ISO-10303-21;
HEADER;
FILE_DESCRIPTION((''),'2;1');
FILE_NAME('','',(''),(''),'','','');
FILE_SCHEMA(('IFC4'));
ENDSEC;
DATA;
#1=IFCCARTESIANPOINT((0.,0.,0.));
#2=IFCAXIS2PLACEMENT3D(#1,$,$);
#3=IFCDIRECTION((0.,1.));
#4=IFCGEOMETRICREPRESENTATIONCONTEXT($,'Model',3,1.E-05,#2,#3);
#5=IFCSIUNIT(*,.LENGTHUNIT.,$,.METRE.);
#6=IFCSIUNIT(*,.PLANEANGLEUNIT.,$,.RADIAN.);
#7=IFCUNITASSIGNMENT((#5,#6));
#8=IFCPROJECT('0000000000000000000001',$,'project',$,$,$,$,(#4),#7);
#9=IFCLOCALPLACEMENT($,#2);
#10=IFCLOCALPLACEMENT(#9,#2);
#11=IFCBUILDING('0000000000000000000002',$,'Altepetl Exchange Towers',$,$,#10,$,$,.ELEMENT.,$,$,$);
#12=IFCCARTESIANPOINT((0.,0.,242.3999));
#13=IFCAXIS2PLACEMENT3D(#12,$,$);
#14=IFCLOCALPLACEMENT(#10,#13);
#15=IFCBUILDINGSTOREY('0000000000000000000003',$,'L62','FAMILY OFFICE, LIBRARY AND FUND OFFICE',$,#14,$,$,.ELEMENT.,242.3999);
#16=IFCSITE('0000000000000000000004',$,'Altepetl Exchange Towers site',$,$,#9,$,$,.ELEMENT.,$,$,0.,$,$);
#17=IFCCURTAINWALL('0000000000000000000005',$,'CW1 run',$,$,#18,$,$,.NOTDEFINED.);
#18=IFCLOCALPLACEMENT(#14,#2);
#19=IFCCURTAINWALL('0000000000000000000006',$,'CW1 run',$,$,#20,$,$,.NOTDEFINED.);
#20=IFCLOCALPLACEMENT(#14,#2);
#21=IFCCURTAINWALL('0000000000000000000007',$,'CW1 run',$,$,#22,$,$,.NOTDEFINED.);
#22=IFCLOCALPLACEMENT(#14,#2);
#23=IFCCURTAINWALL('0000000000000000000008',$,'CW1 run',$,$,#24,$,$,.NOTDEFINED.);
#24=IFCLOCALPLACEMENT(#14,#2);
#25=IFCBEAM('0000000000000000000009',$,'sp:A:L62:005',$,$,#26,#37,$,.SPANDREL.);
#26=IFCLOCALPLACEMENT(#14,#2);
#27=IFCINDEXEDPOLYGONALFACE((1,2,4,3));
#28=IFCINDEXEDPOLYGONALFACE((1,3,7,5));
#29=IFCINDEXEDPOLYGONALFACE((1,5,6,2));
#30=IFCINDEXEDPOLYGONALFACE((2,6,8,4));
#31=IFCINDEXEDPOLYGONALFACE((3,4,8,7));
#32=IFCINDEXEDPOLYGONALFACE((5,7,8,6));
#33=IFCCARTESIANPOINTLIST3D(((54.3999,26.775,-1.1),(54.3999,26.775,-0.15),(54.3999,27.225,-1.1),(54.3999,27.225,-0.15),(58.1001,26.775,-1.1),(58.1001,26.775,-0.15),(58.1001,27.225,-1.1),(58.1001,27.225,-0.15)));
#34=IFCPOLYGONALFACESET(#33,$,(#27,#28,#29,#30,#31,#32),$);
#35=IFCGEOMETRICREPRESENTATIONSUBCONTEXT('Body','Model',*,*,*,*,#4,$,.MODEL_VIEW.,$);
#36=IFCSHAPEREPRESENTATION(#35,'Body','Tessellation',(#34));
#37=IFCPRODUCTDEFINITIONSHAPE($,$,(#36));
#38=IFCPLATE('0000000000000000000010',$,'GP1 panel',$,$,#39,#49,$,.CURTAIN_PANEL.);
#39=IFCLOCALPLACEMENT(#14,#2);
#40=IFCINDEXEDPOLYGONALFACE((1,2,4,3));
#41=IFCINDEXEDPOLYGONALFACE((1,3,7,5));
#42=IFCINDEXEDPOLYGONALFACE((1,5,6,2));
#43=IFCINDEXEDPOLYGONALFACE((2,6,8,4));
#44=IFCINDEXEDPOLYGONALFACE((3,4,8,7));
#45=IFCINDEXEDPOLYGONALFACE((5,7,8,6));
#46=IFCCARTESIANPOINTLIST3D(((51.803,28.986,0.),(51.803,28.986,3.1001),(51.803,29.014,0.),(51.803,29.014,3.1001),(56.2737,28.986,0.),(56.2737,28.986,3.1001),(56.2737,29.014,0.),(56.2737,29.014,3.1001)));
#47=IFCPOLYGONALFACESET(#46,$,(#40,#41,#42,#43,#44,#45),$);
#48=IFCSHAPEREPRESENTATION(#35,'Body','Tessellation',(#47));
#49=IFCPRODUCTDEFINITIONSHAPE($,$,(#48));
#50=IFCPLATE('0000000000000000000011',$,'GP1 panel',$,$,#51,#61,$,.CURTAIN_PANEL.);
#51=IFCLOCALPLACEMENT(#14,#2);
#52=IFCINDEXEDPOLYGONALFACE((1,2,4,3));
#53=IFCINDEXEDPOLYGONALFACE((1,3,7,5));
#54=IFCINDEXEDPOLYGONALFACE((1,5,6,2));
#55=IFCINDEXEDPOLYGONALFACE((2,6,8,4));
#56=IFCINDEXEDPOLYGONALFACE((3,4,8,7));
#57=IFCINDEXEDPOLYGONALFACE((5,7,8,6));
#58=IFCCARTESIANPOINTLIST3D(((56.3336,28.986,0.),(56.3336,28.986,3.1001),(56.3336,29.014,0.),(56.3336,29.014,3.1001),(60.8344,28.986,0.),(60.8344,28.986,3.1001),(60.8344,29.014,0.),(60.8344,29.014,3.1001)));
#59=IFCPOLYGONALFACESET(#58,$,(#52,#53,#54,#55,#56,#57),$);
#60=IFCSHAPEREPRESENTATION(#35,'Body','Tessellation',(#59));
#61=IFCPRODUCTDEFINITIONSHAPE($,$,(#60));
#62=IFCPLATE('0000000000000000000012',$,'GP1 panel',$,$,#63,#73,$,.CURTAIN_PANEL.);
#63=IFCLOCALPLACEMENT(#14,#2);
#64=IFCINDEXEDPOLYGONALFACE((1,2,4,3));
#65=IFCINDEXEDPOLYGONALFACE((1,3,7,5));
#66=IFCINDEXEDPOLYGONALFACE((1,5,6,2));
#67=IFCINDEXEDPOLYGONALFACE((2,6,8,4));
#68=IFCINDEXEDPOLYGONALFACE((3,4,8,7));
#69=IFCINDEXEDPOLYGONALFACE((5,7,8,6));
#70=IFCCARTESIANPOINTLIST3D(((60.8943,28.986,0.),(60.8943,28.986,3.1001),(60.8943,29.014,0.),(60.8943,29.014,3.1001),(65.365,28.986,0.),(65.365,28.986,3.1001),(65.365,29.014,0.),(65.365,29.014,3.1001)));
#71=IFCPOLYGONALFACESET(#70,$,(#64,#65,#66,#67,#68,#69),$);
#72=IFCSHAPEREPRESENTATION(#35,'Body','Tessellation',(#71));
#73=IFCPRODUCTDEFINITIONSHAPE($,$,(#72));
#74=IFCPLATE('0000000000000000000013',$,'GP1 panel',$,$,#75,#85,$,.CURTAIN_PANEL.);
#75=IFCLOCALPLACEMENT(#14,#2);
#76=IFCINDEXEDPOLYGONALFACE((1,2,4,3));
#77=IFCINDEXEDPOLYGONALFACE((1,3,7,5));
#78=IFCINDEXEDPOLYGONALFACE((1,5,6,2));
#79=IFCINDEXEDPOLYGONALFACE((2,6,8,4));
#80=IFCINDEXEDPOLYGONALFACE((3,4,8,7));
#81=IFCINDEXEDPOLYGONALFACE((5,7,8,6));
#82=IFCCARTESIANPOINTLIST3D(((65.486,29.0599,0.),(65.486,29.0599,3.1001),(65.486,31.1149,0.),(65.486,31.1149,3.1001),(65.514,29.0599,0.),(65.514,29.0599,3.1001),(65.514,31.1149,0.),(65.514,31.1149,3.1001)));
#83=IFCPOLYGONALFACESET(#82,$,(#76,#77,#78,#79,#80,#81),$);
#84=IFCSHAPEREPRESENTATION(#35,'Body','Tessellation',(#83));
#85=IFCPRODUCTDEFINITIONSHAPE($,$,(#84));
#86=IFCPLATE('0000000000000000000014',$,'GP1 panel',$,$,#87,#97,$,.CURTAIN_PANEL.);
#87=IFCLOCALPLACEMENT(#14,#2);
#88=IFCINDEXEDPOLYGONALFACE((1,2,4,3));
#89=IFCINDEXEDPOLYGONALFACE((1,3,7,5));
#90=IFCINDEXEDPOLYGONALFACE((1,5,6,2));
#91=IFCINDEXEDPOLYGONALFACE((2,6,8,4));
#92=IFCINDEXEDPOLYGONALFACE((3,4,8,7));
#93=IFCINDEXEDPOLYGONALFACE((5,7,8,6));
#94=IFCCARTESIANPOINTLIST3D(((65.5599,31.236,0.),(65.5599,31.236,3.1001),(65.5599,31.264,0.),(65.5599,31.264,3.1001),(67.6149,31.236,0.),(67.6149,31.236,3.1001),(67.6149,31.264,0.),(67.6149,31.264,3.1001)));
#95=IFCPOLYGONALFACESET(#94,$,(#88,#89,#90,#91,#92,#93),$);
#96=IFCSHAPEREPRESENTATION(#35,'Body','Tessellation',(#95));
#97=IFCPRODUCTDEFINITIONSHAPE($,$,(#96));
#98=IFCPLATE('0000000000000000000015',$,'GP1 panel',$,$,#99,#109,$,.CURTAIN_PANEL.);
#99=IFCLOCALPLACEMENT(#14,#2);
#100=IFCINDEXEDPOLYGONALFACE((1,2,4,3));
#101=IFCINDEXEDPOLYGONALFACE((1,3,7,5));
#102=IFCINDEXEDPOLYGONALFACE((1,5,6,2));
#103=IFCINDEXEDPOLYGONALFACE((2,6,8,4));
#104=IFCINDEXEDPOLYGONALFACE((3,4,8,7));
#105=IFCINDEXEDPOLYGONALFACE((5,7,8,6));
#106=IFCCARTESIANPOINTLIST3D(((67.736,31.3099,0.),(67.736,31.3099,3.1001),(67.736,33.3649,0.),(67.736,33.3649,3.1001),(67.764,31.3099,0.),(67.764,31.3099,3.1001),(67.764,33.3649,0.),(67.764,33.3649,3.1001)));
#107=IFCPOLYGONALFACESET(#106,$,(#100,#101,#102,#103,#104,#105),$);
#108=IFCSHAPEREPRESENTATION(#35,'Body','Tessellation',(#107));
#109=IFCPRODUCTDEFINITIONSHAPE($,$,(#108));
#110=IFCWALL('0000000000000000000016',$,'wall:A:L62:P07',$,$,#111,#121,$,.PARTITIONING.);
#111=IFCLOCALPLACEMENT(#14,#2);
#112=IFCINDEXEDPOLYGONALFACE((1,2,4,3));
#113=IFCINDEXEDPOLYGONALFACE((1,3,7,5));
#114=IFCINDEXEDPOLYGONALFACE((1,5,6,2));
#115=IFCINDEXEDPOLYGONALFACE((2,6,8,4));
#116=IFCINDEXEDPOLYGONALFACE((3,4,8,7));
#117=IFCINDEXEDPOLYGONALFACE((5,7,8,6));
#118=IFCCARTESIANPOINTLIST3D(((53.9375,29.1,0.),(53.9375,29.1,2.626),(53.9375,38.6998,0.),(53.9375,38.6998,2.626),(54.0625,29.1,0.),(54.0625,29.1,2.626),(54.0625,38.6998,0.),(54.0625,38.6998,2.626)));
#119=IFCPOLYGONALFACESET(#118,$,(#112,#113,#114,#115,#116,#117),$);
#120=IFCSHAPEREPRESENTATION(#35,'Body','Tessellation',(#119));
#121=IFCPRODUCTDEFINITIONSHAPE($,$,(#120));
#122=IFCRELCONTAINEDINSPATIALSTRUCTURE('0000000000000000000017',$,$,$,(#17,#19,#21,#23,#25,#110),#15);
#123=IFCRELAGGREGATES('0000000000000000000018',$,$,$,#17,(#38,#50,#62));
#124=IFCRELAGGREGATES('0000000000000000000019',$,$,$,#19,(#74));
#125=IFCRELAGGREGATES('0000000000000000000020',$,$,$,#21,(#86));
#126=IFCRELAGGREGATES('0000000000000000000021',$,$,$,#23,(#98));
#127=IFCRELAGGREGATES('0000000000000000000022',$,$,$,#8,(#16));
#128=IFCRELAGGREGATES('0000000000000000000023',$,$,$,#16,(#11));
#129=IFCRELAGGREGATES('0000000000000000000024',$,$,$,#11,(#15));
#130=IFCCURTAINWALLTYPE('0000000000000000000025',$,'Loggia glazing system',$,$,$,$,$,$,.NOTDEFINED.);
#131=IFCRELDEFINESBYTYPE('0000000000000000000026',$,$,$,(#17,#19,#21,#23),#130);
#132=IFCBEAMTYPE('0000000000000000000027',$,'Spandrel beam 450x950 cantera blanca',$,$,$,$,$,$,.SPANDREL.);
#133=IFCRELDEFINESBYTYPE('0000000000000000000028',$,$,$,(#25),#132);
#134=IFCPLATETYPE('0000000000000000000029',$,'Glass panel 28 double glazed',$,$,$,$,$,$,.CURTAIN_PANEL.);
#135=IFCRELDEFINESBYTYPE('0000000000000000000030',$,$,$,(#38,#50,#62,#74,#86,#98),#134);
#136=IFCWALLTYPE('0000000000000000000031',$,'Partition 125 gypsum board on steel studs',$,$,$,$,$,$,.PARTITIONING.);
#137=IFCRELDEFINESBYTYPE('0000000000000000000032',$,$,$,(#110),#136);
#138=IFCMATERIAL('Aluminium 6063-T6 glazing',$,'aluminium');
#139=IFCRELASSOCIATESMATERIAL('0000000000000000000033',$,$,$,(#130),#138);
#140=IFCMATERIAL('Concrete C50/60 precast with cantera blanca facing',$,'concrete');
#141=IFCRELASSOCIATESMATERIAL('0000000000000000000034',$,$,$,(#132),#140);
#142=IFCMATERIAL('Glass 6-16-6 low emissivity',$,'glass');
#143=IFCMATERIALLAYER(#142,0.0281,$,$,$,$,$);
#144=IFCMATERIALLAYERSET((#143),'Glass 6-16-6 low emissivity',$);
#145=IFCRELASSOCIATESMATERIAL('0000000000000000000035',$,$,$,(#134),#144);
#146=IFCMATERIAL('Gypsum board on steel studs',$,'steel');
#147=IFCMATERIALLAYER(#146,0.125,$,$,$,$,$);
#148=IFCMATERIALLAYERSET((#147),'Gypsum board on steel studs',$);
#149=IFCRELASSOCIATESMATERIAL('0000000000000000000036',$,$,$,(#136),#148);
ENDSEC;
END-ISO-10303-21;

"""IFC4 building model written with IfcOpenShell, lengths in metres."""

from ifc_helpers import new_model, si_unit, direction, frame, frame_2d, origin, origin_2d, place, context, subcontext, project, spatial, rectangle, extrude, material, layer, layer_set, material_profile, profile_set, type_object, element, aggregate, save


model = new_model("IFC4")

# Units and contexts
model_context = context("Model", 3, precision=1e-05, world=origin(), true_north=direction((0.0, 1.0)))
body_context = subcontext(model_context, "Body", "Model", "MODEL_VIEW")
ifc_project = project(units=[si_unit("LENGTHUNIT", "METRE"), si_unit("PLANEANGLEUNIT", "RADIAN")], contexts=[model_context])

# Site, building, storey
site_placement = place(None, origin())
site = spatial("IfcSite", under=ifc_project, at=site_placement, Name="Altepetl Exchange Towers site", CompositionType="ELEMENT", RefElevation=0.0)
building_placement = place(site_placement, origin())
building = spatial("IfcBuilding", under=site, at=building_placement, Name="Altepetl Exchange Towers", CompositionType="ELEMENT")
storey_placement = place(building_placement, frame((0.0, 0.0, 242.3999)))
storey = spatial("IfcBuildingStorey", under=building, at=storey_placement, Name="L62", Description="FAMILY OFFICE, LIBRARY AND FUND OFFICE", CompositionType="ELEMENT", Elevation=242.3999)

# Curtain walls
ifc_material_1 = material(Name="Aluminium 6063-T6 glazing", Category="aluminium")
curtain_wall_type = type_object("IfcCurtainWallType", Name="Loggia glazing system", PredefinedType="NOTDEFINED", material=ifc_material_1)
curtain_wall_1_placement = place(storey_placement, origin())
curtain_wall_1 = element("IfcCurtainWall", 1, at=curtain_wall_1_placement, inside=storey, type_object=curtain_wall_type, Name="CW1 run", PredefinedType="NOTDEFINED")
curtain_wall_2_placement = place(storey_placement, origin())
curtain_wall_2 = element("IfcCurtainWall", 2, at=curtain_wall_2_placement, inside=storey, type_object=curtain_wall_type, Name="CW1 run", PredefinedType="NOTDEFINED")
curtain_wall_3_placement = place(storey_placement, origin())
curtain_wall_3 = element("IfcCurtainWall", 3, at=curtain_wall_3_placement, inside=storey, type_object=curtain_wall_type, Name="CW1 run", PredefinedType="NOTDEFINED")
curtain_wall_4_placement = place(storey_placement, origin())
curtain_wall_4 = element("IfcCurtainWall", 4, at=curtain_wall_4_placement, inside=storey, type_object=curtain_wall_type, Name="CW1 run", PredefinedType="NOTDEFINED")

# Beam
ifc_material_2 = material(Name="Concrete C50/60 precast with cantera blanca facing", Category="concrete")
ifc_material_profile_1 = material_profile(ifc_material_2, rectangle(XDim=0.45, YDim=0.95, at=origin_2d()), Name="450 x 950")
ifc_profile_set_1 = profile_set([ifc_material_profile_1], Name="Concrete C50/60 precast with cantera blanca facing")
beam_type_1 = type_object("IfcBeamType", Name="Spandrel beam 450x950 cantera blanca", PredefinedType="SPANDREL", material=ifc_profile_set_1)
beam_1_placement = place(storey_placement, frame((54.3999, 27.0, -0.625), z_axis=(1.0, 0.0, 0.0), x_axis=(0.0, 1.0, 0.0)))
element("IfcBeam", 5, at=beam_1_placement, inside=storey, type_object=beam_type_1, Name="sp:A:L62:005", PredefinedType="SPANDREL", context=body_context, shape_type="SweptSolid", body=[
    extrude(rectangle(XDim=0.45, YDim=0.95, at=origin_2d()), origin(), (0.0, 0.0, 1.0), 3.7002),
])

# Plates
ifc_material_3 = material(Name="Glass 6-16-6 low emissivity", Category="glass")
ifc_layer_1 = layer(ifc_material_3, 0.0281)
ifc_layer_set_1 = layer_set([ifc_layer_1], Name="Glass 6-16-6 low emissivity")
plate_type = type_object("IfcPlateType", Name="Glass panel 28 double glazed", PredefinedType="CURTAIN_PANEL", material=ifc_layer_set_1)
plate_1_placement = place(storey_placement, frame((54.0383, 29.0, 0.0)))
plate_1 = element("IfcPlate", 6, at=plate_1_placement, type_object=plate_type, Name="GP1 panel", PredefinedType="CURTAIN_PANEL", context=body_context, shape_type="SweptSolid", body=[
    extrude(rectangle(XDim=4.4707, YDim=0.0281, at=origin_2d()), origin(), (0.0, 0.0, 1.0), 3.1001),
])
plate_2_placement = place(storey_placement, frame((58.584, 29.0, 0.0)))
plate_2 = element("IfcPlate", 7, at=plate_2_placement, type_object=plate_type, Name="GP1 panel", PredefinedType="CURTAIN_PANEL", context=body_context, shape_type="SweptSolid", body=[
    extrude(rectangle(XDim=4.5007, YDim=0.0281, at=origin_2d()), origin(), (0.0, 0.0, 1.0), 3.1001),
])
plate_3_placement = place(storey_placement, frame((63.1296, 29.0, 0.0)))
plate_3 = element("IfcPlate", 8, at=plate_3_placement, type_object=plate_type, Name="GP1 panel", PredefinedType="CURTAIN_PANEL", context=body_context, shape_type="SweptSolid", body=[
    extrude(rectangle(XDim=4.4707, YDim=0.0281, at=origin_2d()), origin(), (0.0, 0.0, 1.0), 3.1001),
])
aggregate(curtain_wall_1, [plate_1, plate_2, plate_3])
plate_4_placement = place(storey_placement, frame((65.5, 30.0874, 0.0), z_axis=(0.0, 0.0, 1.0), x_axis=(0.0, 1.0, 0.0)))
plate_4 = element("IfcPlate", 9, at=plate_4_placement, type_object=plate_type, Name="GP1 panel", PredefinedType="CURTAIN_PANEL", context=body_context, shape_type="SweptSolid", body=[
    extrude(rectangle(XDim=2.0549, YDim=0.0281, at=origin_2d()), origin(), (0.0, 0.0, 1.0), 3.1001),
])
aggregate(curtain_wall_2, [plate_4])
plate_5_placement = place(storey_placement, frame((66.5874, 31.25, 0.0)))
plate_5 = element("IfcPlate", 10, at=plate_5_placement, type_object=plate_type, Name="GP1 panel", PredefinedType="CURTAIN_PANEL", context=body_context, shape_type="SweptSolid", body=[
    extrude(rectangle(XDim=2.0549, YDim=0.0281, at=origin_2d()), origin(), (0.0, 0.0, 1.0), 3.1001),
])
aggregate(curtain_wall_3, [plate_5])
plate_6_placement = place(storey_placement, frame((67.75, 32.3374, 0.0), z_axis=(0.0, 0.0, 1.0), x_axis=(0.0, 1.0, 0.0)))
plate_6 = element("IfcPlate", 11, at=plate_6_placement, type_object=plate_type, Name="GP1 panel", PredefinedType="CURTAIN_PANEL", context=body_context, shape_type="SweptSolid", body=[
    extrude(rectangle(XDim=2.0549, YDim=0.0281, at=origin_2d()), origin(), (0.0, 0.0, 1.0), 3.1001),
])
aggregate(curtain_wall_4, [plate_6])

# Wall
ifc_material_4 = material(Name="Gypsum board on steel studs", Category="steel")
ifc_layer_2 = layer(ifc_material_4, 0.125)
ifc_layer_set_2 = layer_set([ifc_layer_2], Name="Gypsum board on steel studs")
wall_type = type_object("IfcWallType", Name="Partition 125 gypsum board on steel studs", PredefinedType="PARTITIONING", material=ifc_layer_set_2)
wall_placement = place(storey_placement, frame((54.0, 29.1001, 0.0), z_axis=(0.0, 0.0, 1.0), x_axis=(0.0, 1.0, 0.0)))
element("IfcWall", 12, at=wall_placement, inside=storey, type_object=wall_type, Name="wall:A:L62:P07", PredefinedType="PARTITIONING", context=body_context, shape_type="SweptSolid", body=[
    extrude(rectangle(XDim=9.5999, YDim=0.125, at=frame_2d((4.7998, 0.0))), origin(), (0.0, 0.0, 1.0), 2.626),
])

save(model, "model.ifc")
